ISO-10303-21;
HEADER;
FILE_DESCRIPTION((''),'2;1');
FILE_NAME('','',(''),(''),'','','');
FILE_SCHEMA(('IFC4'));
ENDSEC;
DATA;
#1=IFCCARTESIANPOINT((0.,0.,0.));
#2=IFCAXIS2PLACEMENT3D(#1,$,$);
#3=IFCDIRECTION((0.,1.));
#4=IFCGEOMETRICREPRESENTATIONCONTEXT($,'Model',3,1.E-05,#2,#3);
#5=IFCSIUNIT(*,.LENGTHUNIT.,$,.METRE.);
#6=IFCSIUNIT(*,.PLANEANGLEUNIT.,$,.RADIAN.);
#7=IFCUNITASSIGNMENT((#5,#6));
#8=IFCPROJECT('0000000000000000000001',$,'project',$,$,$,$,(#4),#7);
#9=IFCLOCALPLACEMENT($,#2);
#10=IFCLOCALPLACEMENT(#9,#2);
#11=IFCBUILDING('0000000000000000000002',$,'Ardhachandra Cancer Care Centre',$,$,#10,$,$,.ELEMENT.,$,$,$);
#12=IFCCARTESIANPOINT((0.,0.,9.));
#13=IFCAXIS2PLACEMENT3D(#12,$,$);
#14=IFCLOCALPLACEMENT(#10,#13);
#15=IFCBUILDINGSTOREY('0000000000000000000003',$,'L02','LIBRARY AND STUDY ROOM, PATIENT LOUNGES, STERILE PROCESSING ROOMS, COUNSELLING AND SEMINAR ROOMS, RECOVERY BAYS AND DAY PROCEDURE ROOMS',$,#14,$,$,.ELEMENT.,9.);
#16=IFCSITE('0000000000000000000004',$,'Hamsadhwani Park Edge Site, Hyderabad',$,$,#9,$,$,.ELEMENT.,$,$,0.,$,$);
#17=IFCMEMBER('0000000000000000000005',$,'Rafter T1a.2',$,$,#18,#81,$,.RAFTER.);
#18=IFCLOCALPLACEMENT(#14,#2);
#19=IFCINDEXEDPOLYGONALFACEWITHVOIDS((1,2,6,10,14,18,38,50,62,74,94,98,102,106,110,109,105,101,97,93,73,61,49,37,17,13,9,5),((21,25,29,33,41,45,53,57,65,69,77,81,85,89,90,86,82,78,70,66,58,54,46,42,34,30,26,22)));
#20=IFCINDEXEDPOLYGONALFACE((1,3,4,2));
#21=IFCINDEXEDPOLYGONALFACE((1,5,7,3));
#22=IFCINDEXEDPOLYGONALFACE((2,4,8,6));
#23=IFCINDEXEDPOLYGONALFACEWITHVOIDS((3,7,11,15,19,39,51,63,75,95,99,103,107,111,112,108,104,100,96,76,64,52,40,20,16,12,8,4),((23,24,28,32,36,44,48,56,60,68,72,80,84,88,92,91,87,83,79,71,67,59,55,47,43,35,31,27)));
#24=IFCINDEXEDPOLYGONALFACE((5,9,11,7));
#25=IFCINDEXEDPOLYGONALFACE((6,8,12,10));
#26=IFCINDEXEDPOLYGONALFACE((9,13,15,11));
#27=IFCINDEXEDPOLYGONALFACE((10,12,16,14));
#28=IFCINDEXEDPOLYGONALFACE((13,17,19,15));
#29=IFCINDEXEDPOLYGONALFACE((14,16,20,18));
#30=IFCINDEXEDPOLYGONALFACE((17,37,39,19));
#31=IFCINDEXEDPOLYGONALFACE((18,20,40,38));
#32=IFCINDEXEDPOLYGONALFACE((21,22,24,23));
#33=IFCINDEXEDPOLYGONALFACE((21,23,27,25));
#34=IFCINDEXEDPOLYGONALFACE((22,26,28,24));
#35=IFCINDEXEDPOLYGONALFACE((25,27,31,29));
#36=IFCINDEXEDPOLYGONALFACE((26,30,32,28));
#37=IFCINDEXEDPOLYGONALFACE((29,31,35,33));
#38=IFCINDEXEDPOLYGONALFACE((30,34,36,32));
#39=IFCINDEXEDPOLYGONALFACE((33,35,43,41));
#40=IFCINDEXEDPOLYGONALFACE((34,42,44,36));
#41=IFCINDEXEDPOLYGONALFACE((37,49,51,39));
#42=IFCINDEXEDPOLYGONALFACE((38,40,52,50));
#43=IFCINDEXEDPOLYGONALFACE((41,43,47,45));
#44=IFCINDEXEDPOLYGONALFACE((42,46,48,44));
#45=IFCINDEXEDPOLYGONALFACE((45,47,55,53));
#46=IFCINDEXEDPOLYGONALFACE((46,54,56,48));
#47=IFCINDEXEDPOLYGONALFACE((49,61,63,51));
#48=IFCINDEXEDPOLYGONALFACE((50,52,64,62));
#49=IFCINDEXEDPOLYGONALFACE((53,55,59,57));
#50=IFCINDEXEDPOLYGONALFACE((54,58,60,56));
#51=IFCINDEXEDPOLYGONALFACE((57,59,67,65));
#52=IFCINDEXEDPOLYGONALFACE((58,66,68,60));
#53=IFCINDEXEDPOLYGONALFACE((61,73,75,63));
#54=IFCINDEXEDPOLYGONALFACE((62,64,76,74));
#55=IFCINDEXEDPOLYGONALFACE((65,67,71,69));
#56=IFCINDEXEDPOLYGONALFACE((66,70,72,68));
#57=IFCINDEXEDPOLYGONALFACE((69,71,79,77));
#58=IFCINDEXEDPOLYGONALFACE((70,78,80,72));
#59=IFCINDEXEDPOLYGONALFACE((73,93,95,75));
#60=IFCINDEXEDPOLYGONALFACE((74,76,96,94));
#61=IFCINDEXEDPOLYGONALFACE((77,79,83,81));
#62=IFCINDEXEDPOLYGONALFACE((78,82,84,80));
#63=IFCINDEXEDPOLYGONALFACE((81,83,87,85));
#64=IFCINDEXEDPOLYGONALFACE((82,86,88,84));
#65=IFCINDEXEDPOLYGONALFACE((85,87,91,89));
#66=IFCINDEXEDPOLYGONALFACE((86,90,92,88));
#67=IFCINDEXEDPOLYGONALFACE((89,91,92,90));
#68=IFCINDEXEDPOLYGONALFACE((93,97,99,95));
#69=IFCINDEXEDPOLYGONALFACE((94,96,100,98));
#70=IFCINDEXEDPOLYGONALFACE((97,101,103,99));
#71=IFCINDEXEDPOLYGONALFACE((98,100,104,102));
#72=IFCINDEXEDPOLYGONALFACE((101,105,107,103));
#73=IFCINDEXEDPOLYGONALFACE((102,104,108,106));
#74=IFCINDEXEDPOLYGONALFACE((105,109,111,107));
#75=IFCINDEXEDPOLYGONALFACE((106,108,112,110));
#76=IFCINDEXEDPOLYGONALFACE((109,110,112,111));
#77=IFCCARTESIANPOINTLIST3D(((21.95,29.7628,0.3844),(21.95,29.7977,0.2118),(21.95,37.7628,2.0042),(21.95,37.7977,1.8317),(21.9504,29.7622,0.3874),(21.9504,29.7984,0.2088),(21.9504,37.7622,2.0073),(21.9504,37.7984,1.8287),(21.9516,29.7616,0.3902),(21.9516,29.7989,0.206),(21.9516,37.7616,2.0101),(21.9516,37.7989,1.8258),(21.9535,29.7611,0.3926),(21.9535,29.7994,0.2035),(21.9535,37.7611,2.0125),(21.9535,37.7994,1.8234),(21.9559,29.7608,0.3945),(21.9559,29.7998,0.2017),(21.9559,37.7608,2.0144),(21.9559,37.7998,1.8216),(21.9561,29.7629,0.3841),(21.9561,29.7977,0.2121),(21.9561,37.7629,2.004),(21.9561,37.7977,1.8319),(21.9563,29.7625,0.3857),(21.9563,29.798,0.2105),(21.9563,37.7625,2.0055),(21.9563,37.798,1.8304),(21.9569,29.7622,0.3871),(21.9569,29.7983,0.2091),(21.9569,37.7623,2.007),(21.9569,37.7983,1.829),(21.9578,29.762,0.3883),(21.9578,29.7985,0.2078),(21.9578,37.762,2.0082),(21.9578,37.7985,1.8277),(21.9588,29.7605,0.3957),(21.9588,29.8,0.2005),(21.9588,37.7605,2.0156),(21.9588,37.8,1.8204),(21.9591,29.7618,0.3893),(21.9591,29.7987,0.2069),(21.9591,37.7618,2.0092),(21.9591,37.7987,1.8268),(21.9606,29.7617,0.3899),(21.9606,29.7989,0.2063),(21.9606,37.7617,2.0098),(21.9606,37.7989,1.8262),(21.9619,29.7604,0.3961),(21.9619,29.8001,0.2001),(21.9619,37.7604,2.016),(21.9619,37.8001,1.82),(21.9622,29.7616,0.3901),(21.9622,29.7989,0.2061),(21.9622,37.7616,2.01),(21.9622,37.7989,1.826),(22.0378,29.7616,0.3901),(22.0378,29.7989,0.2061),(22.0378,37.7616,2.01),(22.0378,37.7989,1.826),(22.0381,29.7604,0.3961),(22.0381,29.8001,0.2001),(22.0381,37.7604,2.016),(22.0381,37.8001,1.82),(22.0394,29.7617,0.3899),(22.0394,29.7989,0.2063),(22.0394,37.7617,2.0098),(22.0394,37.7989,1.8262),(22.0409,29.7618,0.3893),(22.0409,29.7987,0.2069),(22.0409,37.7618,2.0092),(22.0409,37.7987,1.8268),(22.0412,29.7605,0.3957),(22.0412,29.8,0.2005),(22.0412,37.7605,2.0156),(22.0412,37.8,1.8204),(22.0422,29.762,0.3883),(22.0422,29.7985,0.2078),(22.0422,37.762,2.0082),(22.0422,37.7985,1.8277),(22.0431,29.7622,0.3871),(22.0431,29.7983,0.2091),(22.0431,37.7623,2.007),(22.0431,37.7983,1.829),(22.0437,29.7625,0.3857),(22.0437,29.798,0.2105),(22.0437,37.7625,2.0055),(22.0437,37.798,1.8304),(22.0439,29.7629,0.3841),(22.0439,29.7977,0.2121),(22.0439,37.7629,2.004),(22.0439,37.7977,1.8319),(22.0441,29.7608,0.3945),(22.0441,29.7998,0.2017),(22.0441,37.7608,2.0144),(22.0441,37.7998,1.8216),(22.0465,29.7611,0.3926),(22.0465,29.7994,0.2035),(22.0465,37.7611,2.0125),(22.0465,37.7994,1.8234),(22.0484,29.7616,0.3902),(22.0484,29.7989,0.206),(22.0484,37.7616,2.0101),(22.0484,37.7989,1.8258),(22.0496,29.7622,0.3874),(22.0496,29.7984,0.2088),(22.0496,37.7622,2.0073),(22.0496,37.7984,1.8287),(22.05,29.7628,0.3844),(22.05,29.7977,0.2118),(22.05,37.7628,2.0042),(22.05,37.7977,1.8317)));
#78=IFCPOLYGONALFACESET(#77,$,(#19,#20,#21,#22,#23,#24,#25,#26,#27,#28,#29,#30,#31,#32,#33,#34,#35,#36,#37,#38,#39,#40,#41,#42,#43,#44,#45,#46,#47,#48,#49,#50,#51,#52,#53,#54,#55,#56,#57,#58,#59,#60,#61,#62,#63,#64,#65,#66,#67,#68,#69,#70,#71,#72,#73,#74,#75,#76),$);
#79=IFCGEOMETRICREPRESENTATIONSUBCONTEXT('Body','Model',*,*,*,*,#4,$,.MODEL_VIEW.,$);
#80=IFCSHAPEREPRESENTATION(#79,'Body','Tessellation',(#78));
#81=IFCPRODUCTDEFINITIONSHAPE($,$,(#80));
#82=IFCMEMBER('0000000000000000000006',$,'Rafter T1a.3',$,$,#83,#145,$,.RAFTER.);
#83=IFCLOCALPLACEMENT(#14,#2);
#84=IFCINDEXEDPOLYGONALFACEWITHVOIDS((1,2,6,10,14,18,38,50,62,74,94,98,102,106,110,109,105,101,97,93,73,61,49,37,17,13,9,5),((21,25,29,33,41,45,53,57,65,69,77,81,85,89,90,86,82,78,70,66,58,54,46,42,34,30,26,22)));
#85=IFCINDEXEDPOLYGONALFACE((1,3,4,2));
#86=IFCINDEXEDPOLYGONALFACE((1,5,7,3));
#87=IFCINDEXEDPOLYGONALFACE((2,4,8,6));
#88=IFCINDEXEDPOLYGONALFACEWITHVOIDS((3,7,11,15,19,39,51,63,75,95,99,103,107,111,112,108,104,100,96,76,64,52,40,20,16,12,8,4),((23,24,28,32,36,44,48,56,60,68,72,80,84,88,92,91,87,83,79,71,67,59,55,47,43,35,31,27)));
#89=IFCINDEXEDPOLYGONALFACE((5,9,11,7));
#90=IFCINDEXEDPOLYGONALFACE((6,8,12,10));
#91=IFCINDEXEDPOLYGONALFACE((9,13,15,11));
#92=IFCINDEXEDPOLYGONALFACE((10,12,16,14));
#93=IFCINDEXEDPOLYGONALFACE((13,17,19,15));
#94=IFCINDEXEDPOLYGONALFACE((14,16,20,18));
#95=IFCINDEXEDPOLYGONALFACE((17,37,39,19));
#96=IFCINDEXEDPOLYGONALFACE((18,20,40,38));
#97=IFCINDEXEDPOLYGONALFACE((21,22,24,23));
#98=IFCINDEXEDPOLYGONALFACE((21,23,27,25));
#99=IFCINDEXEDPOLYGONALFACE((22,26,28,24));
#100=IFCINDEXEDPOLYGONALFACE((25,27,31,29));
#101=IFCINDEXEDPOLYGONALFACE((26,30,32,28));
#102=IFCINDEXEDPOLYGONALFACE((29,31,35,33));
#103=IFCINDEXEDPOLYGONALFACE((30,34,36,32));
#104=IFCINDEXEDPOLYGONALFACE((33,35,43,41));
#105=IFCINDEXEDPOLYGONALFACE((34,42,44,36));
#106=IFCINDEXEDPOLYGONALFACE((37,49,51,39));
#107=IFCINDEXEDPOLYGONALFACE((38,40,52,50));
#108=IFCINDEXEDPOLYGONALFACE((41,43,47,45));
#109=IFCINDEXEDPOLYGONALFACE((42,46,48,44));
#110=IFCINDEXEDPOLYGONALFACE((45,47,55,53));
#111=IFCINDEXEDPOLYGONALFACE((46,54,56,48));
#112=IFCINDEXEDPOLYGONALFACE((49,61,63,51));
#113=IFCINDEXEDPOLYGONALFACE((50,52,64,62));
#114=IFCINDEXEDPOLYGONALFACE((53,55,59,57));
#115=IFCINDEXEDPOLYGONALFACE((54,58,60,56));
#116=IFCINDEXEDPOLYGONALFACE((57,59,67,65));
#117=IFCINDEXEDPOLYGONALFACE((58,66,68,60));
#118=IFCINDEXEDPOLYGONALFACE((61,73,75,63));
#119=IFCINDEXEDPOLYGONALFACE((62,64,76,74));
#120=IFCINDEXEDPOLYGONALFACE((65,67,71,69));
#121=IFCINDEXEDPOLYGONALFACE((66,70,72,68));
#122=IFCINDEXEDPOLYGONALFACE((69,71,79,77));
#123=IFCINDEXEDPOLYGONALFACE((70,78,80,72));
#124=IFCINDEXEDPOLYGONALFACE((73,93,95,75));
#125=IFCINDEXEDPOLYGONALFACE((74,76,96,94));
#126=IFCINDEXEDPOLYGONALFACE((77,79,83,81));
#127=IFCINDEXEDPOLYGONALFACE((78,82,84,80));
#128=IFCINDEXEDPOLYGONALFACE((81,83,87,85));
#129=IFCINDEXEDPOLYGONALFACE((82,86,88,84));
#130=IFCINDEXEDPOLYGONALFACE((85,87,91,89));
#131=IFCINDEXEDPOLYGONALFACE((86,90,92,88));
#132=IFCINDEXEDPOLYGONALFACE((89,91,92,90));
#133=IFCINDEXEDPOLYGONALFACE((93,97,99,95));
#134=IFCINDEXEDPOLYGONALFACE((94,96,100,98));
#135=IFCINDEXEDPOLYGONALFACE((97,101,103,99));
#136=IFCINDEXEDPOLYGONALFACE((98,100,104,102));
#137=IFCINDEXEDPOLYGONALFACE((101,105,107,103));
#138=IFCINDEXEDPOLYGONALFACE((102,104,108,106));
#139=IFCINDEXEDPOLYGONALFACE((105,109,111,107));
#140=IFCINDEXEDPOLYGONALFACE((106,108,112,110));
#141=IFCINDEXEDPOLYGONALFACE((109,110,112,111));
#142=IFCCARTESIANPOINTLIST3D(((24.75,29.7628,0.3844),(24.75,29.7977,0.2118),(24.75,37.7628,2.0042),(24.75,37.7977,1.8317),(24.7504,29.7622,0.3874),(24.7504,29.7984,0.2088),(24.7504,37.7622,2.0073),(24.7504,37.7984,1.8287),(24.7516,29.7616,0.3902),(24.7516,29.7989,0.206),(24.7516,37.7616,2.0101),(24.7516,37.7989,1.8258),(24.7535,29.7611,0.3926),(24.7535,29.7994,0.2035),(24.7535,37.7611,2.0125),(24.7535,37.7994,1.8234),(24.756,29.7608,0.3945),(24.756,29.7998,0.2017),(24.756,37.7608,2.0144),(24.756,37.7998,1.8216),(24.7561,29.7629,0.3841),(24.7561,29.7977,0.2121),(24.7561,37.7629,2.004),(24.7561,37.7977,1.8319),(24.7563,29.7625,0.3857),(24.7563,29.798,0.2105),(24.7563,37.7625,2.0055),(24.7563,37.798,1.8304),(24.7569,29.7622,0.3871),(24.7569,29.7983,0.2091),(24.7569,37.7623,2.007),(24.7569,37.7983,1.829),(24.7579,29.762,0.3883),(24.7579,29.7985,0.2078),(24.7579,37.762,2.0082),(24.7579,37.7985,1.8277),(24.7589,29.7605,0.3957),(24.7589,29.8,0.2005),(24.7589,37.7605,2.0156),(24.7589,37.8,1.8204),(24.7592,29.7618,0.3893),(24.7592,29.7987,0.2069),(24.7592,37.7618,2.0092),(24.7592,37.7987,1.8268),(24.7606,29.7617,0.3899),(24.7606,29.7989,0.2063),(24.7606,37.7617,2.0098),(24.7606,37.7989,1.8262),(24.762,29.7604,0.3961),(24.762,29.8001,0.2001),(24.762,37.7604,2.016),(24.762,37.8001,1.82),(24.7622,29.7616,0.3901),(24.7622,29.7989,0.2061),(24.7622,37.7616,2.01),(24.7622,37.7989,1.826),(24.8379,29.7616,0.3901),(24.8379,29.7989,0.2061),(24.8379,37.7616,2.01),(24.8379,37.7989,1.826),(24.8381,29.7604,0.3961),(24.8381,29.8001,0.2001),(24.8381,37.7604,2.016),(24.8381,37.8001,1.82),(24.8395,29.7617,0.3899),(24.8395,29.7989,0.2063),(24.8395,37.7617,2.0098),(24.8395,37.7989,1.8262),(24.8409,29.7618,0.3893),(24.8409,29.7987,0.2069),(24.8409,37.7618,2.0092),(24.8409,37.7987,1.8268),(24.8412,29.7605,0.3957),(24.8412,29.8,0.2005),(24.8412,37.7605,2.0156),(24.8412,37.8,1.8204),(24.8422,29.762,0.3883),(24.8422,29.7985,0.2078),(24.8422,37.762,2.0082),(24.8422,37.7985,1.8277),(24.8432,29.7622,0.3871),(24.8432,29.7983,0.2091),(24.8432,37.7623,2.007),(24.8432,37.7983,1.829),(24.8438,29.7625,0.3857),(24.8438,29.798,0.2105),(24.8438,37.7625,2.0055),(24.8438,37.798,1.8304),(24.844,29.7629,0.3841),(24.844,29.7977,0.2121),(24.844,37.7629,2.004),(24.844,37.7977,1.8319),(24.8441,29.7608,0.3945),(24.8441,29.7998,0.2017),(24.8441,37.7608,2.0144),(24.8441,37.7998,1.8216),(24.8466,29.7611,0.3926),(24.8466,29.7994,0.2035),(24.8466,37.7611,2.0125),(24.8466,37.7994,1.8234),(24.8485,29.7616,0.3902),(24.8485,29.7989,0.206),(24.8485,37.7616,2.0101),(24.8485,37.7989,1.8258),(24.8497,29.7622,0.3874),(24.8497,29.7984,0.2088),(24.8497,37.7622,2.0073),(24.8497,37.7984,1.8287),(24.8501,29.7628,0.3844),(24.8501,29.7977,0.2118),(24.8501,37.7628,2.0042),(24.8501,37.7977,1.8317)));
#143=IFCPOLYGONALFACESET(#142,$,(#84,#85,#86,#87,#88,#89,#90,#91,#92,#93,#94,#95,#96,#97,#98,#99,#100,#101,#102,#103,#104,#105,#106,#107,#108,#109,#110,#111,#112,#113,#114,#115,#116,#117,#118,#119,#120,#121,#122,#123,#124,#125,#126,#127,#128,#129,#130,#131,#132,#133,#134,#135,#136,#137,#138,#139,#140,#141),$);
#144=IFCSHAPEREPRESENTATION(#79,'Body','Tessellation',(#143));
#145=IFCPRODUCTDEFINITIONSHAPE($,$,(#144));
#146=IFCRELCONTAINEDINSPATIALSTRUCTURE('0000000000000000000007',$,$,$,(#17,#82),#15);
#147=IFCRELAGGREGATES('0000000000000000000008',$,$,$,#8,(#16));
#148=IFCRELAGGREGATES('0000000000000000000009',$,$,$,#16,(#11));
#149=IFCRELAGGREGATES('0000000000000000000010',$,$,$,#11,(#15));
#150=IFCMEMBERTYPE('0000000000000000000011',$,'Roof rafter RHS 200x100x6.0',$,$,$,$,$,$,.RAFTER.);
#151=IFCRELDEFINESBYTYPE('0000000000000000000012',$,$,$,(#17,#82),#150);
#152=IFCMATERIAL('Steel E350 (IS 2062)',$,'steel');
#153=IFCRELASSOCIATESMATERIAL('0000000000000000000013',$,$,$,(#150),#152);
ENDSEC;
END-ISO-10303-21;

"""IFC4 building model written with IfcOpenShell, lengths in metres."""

from ifc_helpers import new_model, si_unit, direction, frame, origin, origin_2d, place, context, subcontext, project, spatial, hollow_rectangle, extrude, material, material_profile, profile_set, type_object, element, save


model = new_model("IFC4")

# Units and contexts
model_context = context("Model", 3, precision=1e-05, world=origin(), true_north=direction((0.0, 1.0)))
body_context = subcontext(model_context, "Body", "Model", "MODEL_VIEW")
ifc_project = project(units=[si_unit("LENGTHUNIT", "METRE"), si_unit("PLANEANGLEUNIT", "RADIAN")], contexts=[model_context])

# Site, building, storey
site_placement = place(None, origin())
site = spatial("IfcSite", under=ifc_project, at=site_placement, Name="Hamsadhwani Park Edge Site, Hyderabad", CompositionType="ELEMENT", RefElevation=0.0)
building_placement = place(site_placement, origin())
building = spatial("IfcBuilding", under=site, at=building_placement, Name="Ardhachandra Cancer Care Centre", CompositionType="ELEMENT")
storey_placement = place(building_placement, frame((0.0, 0.0, 9.0)))
storey = spatial("IfcBuildingStorey", under=building, at=storey_placement, Name="L02", Description="LIBRARY AND STUDY ROOM, PATIENT LOUNGES, STERILE PROCESSING ROOMS, COUNSELLING AND SEMINAR ROOMS, RECOVERY BAYS AND DAY PROCEDURE ROOMS", CompositionType="ELEMENT", Elevation=9.0)

# Members
ifc_material_1 = material(Name="Steel E350 (IS 2062)", Category="steel")
ifc_material_profile_1 = material_profile(ifc_material_1, hollow_rectangle(XDim=0.1001, YDim=0.2, WallThickness=0.0061, InnerFilletRadius=0.0061, OuterFilletRadius=0.012, at=origin_2d()), Name="RHS 200x100x6.0")
ifc_profile_set_1 = profile_set([ifc_material_profile_1], Name="Steel E350 (IS 2062)")
member_type_1 = type_object("IfcMemberType", Name="Roof rafter RHS 200x100x6.0", PredefinedType="RAFTER", material=ifc_profile_set_1)
for number, where, z_axis, x_axis, name in (
    (1, (22.0, 29.7803, 0.2981), (0.0, 0.98011, 0.198457), (-1.0, 0.0, 0.0), "Rafter T1a.2"),
    (2, (24.8, 29.7803, 0.2981), (0.0, 0.98011, 0.198457), (-1.0, 0.0, 0.0), "Rafter T1a.3"),
):
    element("IfcMember", number, at=place(storey_placement, frame(where, z_axis=z_axis, x_axis=x_axis)), inside=storey, type_object=member_type_1, Name=name, PredefinedType="RAFTER", context=body_context, shape_type="SweptSolid", body=[
        extrude(hollow_rectangle(XDim=0.1001, YDim=0.2, WallThickness=0.0061, InnerFilletRadius=0.0061, OuterFilletRadius=0.012, at=origin_2d()), origin(), (0.0, 0.0, 1.0), 8.1624),
    ])

save(model, "model.ifc")
